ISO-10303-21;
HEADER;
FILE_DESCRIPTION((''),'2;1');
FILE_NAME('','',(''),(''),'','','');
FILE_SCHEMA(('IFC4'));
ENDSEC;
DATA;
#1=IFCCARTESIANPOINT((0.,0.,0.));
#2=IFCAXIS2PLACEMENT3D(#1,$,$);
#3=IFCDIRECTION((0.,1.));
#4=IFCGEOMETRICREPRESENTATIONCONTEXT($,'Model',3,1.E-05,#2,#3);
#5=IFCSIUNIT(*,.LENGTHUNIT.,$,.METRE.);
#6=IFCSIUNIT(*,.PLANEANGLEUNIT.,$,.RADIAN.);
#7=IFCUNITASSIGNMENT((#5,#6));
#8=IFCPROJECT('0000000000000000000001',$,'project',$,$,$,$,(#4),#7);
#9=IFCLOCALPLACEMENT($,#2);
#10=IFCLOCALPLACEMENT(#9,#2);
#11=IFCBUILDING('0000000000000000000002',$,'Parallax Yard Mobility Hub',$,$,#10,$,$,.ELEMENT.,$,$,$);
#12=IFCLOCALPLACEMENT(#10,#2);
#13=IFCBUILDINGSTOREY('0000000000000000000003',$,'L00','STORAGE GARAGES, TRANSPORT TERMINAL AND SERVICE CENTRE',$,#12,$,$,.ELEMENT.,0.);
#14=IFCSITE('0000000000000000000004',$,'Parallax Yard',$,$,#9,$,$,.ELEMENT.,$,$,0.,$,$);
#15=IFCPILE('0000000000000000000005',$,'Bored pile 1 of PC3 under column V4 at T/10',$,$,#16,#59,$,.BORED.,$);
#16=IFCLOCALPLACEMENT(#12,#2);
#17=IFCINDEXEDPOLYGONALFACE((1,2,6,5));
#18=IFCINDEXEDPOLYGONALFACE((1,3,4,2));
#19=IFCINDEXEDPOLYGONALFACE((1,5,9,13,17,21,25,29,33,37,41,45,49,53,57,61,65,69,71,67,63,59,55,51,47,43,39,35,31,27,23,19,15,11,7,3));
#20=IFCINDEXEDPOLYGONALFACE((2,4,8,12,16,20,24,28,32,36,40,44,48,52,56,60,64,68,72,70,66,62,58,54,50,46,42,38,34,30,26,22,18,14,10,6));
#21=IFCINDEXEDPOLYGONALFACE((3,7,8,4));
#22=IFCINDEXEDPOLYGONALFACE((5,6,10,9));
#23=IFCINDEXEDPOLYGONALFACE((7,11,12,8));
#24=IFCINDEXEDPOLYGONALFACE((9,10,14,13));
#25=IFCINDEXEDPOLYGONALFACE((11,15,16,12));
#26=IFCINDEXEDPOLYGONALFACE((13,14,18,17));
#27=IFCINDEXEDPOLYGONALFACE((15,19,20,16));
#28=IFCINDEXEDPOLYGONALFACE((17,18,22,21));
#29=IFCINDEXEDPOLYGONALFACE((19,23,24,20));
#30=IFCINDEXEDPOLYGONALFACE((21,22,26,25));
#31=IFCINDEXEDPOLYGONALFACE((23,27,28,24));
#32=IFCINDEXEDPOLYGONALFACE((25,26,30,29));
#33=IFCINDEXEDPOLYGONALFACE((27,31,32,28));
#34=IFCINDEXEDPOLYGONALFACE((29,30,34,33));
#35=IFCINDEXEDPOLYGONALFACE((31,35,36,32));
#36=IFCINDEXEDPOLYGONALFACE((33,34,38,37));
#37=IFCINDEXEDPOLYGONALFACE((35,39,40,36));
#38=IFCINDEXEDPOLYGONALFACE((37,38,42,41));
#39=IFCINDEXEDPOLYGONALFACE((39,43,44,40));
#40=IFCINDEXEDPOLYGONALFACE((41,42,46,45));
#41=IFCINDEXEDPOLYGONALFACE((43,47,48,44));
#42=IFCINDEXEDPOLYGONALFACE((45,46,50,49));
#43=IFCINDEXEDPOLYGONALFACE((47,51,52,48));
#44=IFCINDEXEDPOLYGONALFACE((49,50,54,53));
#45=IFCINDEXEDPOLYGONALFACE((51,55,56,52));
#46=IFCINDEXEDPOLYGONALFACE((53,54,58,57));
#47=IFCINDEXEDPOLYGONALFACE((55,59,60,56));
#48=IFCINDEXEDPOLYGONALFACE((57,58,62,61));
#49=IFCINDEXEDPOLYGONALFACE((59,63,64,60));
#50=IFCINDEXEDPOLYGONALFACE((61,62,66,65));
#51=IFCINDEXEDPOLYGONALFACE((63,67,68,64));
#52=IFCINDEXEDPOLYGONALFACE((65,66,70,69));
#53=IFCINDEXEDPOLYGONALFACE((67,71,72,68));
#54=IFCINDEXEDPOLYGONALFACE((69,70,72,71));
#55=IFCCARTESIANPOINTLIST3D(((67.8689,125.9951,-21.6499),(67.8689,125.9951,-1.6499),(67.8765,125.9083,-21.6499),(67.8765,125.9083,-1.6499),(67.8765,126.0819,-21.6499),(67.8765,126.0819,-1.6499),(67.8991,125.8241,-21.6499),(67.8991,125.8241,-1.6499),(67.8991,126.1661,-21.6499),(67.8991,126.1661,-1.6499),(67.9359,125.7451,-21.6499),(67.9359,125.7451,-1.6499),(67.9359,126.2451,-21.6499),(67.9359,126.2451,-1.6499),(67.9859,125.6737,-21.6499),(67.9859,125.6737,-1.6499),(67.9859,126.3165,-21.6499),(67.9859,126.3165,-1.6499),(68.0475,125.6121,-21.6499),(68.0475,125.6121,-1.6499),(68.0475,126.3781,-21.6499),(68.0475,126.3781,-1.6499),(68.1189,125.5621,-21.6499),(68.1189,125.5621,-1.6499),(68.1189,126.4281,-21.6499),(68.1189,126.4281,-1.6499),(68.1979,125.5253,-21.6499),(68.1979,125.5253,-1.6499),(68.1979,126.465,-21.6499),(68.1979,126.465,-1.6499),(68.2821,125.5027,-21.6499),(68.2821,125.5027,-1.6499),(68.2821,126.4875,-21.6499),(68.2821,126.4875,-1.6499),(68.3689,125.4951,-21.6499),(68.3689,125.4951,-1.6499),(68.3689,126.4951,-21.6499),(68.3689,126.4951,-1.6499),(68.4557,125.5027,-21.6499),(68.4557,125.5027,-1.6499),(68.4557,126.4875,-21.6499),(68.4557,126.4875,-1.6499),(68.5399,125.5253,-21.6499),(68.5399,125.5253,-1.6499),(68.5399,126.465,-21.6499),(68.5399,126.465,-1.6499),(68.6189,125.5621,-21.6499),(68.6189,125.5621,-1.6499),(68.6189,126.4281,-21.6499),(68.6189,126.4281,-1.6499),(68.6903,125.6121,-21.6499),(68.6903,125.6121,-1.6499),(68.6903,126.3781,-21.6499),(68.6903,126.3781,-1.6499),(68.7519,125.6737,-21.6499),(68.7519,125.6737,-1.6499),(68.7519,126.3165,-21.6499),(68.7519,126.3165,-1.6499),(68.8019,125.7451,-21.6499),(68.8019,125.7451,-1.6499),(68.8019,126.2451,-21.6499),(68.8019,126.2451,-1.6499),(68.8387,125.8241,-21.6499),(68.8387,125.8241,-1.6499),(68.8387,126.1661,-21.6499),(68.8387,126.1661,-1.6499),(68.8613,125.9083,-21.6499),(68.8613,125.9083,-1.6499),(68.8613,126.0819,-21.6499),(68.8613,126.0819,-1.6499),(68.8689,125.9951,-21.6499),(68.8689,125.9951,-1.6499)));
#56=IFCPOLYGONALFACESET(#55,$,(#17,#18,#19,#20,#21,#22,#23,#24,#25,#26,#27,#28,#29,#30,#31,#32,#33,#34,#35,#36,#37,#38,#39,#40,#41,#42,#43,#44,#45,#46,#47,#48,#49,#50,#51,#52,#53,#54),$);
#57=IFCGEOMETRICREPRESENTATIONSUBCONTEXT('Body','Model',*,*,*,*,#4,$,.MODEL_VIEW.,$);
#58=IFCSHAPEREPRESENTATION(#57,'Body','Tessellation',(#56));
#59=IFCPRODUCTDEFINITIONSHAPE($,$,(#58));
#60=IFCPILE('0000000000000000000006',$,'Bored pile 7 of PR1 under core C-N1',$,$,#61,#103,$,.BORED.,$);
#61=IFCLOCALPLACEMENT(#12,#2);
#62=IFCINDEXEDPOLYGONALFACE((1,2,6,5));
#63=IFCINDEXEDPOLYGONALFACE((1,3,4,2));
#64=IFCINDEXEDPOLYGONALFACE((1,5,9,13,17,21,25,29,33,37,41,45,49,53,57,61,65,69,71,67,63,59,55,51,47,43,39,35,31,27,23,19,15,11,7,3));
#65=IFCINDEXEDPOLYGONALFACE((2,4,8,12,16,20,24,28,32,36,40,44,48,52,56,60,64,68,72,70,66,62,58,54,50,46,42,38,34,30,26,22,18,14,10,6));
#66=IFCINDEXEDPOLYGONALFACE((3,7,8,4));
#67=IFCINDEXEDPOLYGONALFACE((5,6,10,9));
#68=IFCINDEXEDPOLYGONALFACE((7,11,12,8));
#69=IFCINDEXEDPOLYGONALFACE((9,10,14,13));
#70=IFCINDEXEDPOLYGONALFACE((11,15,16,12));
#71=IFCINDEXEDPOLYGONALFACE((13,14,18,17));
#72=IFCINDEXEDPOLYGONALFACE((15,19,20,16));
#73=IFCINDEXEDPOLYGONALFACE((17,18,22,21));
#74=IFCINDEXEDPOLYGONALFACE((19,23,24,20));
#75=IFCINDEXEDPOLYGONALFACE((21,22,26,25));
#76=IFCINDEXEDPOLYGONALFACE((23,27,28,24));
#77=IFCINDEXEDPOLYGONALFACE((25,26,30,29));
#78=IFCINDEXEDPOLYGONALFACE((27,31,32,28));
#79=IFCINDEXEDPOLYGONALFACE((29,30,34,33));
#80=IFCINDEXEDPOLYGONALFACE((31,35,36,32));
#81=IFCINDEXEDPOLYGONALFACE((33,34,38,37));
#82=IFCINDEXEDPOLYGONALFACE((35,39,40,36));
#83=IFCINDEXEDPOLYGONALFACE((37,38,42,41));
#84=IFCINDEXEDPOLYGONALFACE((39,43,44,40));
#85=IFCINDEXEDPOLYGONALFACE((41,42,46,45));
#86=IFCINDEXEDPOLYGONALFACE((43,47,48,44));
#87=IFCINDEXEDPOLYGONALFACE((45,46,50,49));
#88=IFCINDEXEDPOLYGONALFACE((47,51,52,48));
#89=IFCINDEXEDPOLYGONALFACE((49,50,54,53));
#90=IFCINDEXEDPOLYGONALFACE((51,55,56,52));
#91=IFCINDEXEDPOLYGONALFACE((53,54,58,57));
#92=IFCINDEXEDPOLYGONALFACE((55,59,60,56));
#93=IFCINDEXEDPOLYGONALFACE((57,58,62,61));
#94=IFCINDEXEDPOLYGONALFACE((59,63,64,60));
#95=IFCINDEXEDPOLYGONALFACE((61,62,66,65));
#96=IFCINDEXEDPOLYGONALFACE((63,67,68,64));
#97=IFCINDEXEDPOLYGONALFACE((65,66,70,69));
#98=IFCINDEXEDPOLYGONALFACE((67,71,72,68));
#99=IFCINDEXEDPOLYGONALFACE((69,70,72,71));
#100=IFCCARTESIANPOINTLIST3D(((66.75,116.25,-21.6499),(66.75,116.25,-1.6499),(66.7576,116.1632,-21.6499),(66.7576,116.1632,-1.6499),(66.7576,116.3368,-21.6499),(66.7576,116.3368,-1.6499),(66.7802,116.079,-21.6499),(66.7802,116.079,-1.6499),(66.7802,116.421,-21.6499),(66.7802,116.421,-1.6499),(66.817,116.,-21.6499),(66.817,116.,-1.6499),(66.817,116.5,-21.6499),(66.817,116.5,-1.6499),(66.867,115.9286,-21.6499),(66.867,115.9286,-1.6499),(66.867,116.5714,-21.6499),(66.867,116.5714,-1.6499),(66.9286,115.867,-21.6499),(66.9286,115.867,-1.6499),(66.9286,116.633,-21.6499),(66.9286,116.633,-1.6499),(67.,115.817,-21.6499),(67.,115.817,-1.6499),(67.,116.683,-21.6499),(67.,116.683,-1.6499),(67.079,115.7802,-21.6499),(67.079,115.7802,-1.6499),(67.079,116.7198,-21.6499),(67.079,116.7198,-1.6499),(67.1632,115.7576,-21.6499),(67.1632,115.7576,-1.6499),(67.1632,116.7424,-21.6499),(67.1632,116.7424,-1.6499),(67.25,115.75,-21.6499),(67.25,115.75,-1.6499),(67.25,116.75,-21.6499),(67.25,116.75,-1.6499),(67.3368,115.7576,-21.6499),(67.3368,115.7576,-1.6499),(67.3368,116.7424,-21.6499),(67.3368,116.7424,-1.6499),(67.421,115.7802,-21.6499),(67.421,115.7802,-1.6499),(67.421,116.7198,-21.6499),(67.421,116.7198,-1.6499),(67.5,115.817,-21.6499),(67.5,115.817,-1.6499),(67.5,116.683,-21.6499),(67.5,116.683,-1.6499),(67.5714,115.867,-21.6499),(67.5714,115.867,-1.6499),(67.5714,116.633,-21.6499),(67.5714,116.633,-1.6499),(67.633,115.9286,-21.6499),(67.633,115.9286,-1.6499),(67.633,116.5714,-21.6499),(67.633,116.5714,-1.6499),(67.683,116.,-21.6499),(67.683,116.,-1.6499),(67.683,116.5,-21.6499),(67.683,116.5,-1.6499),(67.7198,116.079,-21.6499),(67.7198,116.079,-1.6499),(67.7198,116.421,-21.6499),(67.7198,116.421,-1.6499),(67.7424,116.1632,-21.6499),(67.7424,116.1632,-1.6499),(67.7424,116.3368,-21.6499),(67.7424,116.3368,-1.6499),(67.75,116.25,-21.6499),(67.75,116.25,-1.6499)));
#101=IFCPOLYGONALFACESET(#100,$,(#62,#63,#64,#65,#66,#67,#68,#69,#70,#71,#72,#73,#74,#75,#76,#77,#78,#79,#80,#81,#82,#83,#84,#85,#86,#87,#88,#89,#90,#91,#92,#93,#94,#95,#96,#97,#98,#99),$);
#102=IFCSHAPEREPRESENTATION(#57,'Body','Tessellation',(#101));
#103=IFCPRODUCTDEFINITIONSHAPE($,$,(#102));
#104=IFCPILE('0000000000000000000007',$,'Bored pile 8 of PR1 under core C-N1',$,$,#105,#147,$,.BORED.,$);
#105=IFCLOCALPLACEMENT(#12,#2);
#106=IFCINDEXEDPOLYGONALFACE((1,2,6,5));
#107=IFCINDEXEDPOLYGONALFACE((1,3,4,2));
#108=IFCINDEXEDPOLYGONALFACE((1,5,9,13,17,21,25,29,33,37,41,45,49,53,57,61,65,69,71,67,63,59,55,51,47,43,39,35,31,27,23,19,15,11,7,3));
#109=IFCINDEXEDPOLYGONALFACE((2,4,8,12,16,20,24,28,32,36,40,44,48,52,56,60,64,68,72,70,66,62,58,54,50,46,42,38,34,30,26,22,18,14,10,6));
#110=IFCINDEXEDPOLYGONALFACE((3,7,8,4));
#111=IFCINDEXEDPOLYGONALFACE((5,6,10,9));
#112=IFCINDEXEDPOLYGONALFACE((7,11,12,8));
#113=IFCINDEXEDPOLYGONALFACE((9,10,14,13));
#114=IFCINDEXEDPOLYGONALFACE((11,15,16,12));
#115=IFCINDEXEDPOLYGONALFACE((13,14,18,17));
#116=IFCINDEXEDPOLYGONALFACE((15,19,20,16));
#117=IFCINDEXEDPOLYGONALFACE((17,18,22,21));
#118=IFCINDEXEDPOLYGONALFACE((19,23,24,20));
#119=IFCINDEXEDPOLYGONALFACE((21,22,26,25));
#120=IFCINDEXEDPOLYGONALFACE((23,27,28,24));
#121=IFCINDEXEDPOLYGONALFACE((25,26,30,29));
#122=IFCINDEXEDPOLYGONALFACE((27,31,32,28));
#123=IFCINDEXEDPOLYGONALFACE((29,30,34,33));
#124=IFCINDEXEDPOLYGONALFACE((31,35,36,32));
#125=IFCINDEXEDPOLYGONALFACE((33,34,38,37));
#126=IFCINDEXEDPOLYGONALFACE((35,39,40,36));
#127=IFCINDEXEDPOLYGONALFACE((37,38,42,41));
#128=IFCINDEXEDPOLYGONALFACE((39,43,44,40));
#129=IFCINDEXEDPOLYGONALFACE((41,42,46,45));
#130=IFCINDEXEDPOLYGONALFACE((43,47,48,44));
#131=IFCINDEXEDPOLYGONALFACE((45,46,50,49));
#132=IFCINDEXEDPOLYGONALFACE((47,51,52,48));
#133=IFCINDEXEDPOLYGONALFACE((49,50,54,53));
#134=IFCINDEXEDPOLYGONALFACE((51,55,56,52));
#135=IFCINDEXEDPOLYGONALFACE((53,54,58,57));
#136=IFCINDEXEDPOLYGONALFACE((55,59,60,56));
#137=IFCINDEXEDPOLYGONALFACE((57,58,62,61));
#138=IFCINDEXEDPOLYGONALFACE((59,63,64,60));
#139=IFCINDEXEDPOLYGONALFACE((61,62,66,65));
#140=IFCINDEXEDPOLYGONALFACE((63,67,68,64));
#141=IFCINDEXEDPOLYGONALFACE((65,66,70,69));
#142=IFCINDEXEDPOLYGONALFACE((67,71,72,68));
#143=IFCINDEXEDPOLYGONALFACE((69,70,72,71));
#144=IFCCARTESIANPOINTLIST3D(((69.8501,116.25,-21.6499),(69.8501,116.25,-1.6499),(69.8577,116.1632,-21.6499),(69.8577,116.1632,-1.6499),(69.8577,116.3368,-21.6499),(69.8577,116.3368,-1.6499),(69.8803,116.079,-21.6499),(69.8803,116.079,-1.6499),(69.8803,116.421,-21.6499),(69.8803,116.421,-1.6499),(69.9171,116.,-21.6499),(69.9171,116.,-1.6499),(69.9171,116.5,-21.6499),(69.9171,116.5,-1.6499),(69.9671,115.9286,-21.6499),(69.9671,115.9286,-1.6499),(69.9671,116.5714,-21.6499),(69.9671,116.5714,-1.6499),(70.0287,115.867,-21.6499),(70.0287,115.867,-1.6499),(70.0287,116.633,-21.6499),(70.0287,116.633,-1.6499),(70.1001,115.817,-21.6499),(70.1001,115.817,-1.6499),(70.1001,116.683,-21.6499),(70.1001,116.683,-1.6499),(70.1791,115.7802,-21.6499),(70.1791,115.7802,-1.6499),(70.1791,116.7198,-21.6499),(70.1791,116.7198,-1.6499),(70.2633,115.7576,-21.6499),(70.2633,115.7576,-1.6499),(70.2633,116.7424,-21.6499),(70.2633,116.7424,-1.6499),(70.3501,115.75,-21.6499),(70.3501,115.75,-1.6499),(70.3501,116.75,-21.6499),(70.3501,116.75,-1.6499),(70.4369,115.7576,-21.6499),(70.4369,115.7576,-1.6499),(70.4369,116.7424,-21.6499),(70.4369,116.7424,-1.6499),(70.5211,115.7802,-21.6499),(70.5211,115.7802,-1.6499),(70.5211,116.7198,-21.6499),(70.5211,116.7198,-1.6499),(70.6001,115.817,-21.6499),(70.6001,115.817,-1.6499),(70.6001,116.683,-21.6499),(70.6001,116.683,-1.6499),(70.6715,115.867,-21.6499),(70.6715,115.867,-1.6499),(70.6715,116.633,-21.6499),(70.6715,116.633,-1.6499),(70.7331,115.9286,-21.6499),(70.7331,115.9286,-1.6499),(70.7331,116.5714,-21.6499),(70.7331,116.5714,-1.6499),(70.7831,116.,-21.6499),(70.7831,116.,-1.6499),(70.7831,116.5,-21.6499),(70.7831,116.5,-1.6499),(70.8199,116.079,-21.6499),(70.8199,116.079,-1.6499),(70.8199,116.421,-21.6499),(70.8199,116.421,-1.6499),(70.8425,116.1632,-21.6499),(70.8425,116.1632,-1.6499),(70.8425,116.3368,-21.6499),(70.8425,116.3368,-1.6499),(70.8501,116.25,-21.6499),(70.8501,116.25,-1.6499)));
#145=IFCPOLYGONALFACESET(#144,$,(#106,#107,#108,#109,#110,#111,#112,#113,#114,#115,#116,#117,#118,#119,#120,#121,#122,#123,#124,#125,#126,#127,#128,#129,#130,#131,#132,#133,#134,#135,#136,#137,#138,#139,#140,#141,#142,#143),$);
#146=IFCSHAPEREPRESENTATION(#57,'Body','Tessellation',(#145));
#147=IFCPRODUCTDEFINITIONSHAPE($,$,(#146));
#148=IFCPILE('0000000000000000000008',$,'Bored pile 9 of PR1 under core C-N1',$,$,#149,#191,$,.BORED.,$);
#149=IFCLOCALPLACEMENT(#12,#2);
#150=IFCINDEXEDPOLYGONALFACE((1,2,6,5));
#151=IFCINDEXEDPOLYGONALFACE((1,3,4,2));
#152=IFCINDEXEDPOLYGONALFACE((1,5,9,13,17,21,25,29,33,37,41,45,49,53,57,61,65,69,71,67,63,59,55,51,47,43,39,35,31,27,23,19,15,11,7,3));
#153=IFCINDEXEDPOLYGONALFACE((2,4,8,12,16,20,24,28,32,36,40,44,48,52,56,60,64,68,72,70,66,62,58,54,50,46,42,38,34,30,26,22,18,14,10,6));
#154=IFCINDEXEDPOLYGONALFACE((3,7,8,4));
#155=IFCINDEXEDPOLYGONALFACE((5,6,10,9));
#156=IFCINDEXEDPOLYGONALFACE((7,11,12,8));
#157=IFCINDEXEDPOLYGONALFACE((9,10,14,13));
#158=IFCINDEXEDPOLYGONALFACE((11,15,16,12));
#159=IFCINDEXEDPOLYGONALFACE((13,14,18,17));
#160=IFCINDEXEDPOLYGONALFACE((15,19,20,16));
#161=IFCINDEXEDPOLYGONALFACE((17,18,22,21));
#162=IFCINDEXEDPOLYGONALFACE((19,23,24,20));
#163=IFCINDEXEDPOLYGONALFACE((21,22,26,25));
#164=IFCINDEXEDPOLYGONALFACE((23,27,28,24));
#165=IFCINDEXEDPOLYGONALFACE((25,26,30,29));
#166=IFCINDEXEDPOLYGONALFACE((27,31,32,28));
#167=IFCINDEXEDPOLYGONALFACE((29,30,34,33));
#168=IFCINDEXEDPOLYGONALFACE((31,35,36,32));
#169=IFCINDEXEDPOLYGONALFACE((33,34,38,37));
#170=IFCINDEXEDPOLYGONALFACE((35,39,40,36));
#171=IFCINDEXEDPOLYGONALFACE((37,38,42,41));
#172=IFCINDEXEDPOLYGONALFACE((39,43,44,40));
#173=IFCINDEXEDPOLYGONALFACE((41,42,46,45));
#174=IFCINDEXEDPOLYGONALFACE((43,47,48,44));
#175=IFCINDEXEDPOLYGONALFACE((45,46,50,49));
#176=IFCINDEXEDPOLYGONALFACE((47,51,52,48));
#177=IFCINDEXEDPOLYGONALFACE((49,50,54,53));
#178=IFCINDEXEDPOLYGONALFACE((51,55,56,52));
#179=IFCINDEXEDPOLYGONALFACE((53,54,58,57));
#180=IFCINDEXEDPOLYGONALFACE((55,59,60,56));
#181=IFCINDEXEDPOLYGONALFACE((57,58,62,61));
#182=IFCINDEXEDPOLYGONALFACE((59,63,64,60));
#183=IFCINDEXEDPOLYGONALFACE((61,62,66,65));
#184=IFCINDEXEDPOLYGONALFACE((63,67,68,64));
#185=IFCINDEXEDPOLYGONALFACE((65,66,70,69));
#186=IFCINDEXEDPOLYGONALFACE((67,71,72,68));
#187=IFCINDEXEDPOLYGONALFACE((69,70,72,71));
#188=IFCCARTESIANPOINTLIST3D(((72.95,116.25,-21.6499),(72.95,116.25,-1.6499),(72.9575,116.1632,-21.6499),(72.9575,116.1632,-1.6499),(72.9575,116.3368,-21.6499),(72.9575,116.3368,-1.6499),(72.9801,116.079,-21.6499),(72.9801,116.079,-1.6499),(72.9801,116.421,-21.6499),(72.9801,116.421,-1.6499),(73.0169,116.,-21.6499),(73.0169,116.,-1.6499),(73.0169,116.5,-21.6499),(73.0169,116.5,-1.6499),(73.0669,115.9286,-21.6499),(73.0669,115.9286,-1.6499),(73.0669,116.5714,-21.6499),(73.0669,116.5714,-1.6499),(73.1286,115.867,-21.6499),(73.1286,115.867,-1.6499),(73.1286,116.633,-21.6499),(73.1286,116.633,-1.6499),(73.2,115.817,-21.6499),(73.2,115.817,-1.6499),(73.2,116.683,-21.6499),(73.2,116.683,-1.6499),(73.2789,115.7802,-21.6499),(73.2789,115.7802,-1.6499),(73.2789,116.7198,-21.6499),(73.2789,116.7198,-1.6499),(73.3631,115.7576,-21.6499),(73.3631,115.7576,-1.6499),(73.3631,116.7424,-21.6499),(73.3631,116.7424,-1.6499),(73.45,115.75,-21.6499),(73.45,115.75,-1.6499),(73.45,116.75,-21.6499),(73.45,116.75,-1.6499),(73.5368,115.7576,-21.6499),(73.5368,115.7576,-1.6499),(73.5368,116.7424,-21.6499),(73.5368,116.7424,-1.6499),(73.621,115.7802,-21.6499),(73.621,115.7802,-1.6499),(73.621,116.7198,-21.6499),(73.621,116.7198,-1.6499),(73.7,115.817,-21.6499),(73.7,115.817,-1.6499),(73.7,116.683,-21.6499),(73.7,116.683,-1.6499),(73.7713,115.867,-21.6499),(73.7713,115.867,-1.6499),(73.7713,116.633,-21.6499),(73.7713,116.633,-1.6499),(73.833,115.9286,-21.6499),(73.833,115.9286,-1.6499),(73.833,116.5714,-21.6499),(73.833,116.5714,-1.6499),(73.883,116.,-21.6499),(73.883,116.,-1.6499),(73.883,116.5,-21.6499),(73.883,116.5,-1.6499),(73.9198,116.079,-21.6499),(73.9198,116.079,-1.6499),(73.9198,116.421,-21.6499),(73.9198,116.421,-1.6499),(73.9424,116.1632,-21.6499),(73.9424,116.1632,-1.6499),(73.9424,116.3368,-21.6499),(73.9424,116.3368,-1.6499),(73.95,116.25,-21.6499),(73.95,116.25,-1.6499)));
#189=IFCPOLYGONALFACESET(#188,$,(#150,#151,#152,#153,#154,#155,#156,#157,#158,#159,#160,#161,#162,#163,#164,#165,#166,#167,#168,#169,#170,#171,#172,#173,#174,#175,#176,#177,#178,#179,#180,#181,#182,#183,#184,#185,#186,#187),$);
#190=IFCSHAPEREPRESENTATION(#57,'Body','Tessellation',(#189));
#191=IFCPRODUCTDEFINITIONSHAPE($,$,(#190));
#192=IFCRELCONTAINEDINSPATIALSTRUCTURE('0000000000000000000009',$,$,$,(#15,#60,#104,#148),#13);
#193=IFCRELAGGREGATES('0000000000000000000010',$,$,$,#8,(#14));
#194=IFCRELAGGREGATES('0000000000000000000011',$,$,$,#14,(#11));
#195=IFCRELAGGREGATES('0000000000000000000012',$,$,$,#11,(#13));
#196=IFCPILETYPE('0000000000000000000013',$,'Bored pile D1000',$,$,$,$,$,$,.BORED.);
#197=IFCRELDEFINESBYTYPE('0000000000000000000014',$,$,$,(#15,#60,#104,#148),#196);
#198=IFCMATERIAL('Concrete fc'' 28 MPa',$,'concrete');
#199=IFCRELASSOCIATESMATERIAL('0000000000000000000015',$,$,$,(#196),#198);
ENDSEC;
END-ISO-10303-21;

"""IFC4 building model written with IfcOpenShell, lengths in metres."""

from ifc_helpers import new_model, si_unit, direction, frame, origin, origin_2d, place, context, subcontext, project, spatial, circle, extrude, material, material_profile, profile_set, type_object, element, save


model = new_model("IFC4")

# Units and contexts
model_context = context("Model", 3, precision=1e-05, world=origin(), true_north=direction((0.0, 1.0)))
body_context = subcontext(model_context, "Body", "Model", "MODEL_VIEW")
ifc_project = project(units=[si_unit("LENGTHUNIT", "METRE"), si_unit("PLANEANGLEUNIT", "RADIAN")], contexts=[model_context])

# Site, building, storey
site_placement = place(None, origin())
site = spatial("IfcSite", under=ifc_project, at=site_placement, Name="Parallax Yard", CompositionType="ELEMENT", RefElevation=0.0)
building_placement = place(site_placement, origin())
building = spatial("IfcBuilding", under=site, at=building_placement, Name="Parallax Yard Mobility Hub", CompositionType="ELEMENT")
storey_placement = place(building_placement, origin())
storey = spatial("IfcBuildingStorey", under=building, at=storey_placement, Name="L00", Description="STORAGE GARAGES, TRANSPORT TERMINAL AND SERVICE CENTRE", CompositionType="ELEMENT", Elevation=0.0)

# Piles
ifc_material_1 = material(Name="Concrete fc' 28 MPa", Category="concrete")
ifc_material_profile = material_profile(ifc_material_1, circle(Radius=0.5, at=origin_2d()), Name="Bored pile D1000")
ifc_profile_set = profile_set([ifc_material_profile], Name="Concrete fc' 28 MPa")
pile_type = type_object("IfcPileType", Name="Bored pile D1000", PredefinedType="BORED", material=ifc_profile_set)
for number, where, z_axis, x_axis, name in (
    (1, (68.3689, 125.9951, -1.6499), (0.0, 0.0, -1.0), (1.0, 0.0, 0.0), "Bored pile 1 of PC3 under column V4 at T/10"),
    (2, (67.25, 116.25, -1.6499), (0.0, 0.0, -1.0), (1.0, 0.0, 0.0), "Bored pile 7 of PR1 under core C-N1"),
    (3, (70.3501, 116.25, -1.6499), (0.0, 0.0, -1.0), (1.0, 0.0, 0.0), "Bored pile 8 of PR1 under core C-N1"),
    (4, (73.45, 116.25, -1.6499), (0.0, 0.0, -1.0), (1.0, 0.0, 0.0), "Bored pile 9 of PR1 under core C-N1"),
):
    element("IfcPile", number, at=place(storey_placement, frame(where, z_axis=z_axis, x_axis=x_axis)), inside=storey, type_object=pile_type, Name=name, PredefinedType="BORED", context=body_context, shape_type="SweptSolid", body=[
        extrude(circle(Radius=0.5, at=origin_2d()), origin(), (0.0, 0.0, 1.0), 20.0),
    ])

save(model, "model.ifc")
